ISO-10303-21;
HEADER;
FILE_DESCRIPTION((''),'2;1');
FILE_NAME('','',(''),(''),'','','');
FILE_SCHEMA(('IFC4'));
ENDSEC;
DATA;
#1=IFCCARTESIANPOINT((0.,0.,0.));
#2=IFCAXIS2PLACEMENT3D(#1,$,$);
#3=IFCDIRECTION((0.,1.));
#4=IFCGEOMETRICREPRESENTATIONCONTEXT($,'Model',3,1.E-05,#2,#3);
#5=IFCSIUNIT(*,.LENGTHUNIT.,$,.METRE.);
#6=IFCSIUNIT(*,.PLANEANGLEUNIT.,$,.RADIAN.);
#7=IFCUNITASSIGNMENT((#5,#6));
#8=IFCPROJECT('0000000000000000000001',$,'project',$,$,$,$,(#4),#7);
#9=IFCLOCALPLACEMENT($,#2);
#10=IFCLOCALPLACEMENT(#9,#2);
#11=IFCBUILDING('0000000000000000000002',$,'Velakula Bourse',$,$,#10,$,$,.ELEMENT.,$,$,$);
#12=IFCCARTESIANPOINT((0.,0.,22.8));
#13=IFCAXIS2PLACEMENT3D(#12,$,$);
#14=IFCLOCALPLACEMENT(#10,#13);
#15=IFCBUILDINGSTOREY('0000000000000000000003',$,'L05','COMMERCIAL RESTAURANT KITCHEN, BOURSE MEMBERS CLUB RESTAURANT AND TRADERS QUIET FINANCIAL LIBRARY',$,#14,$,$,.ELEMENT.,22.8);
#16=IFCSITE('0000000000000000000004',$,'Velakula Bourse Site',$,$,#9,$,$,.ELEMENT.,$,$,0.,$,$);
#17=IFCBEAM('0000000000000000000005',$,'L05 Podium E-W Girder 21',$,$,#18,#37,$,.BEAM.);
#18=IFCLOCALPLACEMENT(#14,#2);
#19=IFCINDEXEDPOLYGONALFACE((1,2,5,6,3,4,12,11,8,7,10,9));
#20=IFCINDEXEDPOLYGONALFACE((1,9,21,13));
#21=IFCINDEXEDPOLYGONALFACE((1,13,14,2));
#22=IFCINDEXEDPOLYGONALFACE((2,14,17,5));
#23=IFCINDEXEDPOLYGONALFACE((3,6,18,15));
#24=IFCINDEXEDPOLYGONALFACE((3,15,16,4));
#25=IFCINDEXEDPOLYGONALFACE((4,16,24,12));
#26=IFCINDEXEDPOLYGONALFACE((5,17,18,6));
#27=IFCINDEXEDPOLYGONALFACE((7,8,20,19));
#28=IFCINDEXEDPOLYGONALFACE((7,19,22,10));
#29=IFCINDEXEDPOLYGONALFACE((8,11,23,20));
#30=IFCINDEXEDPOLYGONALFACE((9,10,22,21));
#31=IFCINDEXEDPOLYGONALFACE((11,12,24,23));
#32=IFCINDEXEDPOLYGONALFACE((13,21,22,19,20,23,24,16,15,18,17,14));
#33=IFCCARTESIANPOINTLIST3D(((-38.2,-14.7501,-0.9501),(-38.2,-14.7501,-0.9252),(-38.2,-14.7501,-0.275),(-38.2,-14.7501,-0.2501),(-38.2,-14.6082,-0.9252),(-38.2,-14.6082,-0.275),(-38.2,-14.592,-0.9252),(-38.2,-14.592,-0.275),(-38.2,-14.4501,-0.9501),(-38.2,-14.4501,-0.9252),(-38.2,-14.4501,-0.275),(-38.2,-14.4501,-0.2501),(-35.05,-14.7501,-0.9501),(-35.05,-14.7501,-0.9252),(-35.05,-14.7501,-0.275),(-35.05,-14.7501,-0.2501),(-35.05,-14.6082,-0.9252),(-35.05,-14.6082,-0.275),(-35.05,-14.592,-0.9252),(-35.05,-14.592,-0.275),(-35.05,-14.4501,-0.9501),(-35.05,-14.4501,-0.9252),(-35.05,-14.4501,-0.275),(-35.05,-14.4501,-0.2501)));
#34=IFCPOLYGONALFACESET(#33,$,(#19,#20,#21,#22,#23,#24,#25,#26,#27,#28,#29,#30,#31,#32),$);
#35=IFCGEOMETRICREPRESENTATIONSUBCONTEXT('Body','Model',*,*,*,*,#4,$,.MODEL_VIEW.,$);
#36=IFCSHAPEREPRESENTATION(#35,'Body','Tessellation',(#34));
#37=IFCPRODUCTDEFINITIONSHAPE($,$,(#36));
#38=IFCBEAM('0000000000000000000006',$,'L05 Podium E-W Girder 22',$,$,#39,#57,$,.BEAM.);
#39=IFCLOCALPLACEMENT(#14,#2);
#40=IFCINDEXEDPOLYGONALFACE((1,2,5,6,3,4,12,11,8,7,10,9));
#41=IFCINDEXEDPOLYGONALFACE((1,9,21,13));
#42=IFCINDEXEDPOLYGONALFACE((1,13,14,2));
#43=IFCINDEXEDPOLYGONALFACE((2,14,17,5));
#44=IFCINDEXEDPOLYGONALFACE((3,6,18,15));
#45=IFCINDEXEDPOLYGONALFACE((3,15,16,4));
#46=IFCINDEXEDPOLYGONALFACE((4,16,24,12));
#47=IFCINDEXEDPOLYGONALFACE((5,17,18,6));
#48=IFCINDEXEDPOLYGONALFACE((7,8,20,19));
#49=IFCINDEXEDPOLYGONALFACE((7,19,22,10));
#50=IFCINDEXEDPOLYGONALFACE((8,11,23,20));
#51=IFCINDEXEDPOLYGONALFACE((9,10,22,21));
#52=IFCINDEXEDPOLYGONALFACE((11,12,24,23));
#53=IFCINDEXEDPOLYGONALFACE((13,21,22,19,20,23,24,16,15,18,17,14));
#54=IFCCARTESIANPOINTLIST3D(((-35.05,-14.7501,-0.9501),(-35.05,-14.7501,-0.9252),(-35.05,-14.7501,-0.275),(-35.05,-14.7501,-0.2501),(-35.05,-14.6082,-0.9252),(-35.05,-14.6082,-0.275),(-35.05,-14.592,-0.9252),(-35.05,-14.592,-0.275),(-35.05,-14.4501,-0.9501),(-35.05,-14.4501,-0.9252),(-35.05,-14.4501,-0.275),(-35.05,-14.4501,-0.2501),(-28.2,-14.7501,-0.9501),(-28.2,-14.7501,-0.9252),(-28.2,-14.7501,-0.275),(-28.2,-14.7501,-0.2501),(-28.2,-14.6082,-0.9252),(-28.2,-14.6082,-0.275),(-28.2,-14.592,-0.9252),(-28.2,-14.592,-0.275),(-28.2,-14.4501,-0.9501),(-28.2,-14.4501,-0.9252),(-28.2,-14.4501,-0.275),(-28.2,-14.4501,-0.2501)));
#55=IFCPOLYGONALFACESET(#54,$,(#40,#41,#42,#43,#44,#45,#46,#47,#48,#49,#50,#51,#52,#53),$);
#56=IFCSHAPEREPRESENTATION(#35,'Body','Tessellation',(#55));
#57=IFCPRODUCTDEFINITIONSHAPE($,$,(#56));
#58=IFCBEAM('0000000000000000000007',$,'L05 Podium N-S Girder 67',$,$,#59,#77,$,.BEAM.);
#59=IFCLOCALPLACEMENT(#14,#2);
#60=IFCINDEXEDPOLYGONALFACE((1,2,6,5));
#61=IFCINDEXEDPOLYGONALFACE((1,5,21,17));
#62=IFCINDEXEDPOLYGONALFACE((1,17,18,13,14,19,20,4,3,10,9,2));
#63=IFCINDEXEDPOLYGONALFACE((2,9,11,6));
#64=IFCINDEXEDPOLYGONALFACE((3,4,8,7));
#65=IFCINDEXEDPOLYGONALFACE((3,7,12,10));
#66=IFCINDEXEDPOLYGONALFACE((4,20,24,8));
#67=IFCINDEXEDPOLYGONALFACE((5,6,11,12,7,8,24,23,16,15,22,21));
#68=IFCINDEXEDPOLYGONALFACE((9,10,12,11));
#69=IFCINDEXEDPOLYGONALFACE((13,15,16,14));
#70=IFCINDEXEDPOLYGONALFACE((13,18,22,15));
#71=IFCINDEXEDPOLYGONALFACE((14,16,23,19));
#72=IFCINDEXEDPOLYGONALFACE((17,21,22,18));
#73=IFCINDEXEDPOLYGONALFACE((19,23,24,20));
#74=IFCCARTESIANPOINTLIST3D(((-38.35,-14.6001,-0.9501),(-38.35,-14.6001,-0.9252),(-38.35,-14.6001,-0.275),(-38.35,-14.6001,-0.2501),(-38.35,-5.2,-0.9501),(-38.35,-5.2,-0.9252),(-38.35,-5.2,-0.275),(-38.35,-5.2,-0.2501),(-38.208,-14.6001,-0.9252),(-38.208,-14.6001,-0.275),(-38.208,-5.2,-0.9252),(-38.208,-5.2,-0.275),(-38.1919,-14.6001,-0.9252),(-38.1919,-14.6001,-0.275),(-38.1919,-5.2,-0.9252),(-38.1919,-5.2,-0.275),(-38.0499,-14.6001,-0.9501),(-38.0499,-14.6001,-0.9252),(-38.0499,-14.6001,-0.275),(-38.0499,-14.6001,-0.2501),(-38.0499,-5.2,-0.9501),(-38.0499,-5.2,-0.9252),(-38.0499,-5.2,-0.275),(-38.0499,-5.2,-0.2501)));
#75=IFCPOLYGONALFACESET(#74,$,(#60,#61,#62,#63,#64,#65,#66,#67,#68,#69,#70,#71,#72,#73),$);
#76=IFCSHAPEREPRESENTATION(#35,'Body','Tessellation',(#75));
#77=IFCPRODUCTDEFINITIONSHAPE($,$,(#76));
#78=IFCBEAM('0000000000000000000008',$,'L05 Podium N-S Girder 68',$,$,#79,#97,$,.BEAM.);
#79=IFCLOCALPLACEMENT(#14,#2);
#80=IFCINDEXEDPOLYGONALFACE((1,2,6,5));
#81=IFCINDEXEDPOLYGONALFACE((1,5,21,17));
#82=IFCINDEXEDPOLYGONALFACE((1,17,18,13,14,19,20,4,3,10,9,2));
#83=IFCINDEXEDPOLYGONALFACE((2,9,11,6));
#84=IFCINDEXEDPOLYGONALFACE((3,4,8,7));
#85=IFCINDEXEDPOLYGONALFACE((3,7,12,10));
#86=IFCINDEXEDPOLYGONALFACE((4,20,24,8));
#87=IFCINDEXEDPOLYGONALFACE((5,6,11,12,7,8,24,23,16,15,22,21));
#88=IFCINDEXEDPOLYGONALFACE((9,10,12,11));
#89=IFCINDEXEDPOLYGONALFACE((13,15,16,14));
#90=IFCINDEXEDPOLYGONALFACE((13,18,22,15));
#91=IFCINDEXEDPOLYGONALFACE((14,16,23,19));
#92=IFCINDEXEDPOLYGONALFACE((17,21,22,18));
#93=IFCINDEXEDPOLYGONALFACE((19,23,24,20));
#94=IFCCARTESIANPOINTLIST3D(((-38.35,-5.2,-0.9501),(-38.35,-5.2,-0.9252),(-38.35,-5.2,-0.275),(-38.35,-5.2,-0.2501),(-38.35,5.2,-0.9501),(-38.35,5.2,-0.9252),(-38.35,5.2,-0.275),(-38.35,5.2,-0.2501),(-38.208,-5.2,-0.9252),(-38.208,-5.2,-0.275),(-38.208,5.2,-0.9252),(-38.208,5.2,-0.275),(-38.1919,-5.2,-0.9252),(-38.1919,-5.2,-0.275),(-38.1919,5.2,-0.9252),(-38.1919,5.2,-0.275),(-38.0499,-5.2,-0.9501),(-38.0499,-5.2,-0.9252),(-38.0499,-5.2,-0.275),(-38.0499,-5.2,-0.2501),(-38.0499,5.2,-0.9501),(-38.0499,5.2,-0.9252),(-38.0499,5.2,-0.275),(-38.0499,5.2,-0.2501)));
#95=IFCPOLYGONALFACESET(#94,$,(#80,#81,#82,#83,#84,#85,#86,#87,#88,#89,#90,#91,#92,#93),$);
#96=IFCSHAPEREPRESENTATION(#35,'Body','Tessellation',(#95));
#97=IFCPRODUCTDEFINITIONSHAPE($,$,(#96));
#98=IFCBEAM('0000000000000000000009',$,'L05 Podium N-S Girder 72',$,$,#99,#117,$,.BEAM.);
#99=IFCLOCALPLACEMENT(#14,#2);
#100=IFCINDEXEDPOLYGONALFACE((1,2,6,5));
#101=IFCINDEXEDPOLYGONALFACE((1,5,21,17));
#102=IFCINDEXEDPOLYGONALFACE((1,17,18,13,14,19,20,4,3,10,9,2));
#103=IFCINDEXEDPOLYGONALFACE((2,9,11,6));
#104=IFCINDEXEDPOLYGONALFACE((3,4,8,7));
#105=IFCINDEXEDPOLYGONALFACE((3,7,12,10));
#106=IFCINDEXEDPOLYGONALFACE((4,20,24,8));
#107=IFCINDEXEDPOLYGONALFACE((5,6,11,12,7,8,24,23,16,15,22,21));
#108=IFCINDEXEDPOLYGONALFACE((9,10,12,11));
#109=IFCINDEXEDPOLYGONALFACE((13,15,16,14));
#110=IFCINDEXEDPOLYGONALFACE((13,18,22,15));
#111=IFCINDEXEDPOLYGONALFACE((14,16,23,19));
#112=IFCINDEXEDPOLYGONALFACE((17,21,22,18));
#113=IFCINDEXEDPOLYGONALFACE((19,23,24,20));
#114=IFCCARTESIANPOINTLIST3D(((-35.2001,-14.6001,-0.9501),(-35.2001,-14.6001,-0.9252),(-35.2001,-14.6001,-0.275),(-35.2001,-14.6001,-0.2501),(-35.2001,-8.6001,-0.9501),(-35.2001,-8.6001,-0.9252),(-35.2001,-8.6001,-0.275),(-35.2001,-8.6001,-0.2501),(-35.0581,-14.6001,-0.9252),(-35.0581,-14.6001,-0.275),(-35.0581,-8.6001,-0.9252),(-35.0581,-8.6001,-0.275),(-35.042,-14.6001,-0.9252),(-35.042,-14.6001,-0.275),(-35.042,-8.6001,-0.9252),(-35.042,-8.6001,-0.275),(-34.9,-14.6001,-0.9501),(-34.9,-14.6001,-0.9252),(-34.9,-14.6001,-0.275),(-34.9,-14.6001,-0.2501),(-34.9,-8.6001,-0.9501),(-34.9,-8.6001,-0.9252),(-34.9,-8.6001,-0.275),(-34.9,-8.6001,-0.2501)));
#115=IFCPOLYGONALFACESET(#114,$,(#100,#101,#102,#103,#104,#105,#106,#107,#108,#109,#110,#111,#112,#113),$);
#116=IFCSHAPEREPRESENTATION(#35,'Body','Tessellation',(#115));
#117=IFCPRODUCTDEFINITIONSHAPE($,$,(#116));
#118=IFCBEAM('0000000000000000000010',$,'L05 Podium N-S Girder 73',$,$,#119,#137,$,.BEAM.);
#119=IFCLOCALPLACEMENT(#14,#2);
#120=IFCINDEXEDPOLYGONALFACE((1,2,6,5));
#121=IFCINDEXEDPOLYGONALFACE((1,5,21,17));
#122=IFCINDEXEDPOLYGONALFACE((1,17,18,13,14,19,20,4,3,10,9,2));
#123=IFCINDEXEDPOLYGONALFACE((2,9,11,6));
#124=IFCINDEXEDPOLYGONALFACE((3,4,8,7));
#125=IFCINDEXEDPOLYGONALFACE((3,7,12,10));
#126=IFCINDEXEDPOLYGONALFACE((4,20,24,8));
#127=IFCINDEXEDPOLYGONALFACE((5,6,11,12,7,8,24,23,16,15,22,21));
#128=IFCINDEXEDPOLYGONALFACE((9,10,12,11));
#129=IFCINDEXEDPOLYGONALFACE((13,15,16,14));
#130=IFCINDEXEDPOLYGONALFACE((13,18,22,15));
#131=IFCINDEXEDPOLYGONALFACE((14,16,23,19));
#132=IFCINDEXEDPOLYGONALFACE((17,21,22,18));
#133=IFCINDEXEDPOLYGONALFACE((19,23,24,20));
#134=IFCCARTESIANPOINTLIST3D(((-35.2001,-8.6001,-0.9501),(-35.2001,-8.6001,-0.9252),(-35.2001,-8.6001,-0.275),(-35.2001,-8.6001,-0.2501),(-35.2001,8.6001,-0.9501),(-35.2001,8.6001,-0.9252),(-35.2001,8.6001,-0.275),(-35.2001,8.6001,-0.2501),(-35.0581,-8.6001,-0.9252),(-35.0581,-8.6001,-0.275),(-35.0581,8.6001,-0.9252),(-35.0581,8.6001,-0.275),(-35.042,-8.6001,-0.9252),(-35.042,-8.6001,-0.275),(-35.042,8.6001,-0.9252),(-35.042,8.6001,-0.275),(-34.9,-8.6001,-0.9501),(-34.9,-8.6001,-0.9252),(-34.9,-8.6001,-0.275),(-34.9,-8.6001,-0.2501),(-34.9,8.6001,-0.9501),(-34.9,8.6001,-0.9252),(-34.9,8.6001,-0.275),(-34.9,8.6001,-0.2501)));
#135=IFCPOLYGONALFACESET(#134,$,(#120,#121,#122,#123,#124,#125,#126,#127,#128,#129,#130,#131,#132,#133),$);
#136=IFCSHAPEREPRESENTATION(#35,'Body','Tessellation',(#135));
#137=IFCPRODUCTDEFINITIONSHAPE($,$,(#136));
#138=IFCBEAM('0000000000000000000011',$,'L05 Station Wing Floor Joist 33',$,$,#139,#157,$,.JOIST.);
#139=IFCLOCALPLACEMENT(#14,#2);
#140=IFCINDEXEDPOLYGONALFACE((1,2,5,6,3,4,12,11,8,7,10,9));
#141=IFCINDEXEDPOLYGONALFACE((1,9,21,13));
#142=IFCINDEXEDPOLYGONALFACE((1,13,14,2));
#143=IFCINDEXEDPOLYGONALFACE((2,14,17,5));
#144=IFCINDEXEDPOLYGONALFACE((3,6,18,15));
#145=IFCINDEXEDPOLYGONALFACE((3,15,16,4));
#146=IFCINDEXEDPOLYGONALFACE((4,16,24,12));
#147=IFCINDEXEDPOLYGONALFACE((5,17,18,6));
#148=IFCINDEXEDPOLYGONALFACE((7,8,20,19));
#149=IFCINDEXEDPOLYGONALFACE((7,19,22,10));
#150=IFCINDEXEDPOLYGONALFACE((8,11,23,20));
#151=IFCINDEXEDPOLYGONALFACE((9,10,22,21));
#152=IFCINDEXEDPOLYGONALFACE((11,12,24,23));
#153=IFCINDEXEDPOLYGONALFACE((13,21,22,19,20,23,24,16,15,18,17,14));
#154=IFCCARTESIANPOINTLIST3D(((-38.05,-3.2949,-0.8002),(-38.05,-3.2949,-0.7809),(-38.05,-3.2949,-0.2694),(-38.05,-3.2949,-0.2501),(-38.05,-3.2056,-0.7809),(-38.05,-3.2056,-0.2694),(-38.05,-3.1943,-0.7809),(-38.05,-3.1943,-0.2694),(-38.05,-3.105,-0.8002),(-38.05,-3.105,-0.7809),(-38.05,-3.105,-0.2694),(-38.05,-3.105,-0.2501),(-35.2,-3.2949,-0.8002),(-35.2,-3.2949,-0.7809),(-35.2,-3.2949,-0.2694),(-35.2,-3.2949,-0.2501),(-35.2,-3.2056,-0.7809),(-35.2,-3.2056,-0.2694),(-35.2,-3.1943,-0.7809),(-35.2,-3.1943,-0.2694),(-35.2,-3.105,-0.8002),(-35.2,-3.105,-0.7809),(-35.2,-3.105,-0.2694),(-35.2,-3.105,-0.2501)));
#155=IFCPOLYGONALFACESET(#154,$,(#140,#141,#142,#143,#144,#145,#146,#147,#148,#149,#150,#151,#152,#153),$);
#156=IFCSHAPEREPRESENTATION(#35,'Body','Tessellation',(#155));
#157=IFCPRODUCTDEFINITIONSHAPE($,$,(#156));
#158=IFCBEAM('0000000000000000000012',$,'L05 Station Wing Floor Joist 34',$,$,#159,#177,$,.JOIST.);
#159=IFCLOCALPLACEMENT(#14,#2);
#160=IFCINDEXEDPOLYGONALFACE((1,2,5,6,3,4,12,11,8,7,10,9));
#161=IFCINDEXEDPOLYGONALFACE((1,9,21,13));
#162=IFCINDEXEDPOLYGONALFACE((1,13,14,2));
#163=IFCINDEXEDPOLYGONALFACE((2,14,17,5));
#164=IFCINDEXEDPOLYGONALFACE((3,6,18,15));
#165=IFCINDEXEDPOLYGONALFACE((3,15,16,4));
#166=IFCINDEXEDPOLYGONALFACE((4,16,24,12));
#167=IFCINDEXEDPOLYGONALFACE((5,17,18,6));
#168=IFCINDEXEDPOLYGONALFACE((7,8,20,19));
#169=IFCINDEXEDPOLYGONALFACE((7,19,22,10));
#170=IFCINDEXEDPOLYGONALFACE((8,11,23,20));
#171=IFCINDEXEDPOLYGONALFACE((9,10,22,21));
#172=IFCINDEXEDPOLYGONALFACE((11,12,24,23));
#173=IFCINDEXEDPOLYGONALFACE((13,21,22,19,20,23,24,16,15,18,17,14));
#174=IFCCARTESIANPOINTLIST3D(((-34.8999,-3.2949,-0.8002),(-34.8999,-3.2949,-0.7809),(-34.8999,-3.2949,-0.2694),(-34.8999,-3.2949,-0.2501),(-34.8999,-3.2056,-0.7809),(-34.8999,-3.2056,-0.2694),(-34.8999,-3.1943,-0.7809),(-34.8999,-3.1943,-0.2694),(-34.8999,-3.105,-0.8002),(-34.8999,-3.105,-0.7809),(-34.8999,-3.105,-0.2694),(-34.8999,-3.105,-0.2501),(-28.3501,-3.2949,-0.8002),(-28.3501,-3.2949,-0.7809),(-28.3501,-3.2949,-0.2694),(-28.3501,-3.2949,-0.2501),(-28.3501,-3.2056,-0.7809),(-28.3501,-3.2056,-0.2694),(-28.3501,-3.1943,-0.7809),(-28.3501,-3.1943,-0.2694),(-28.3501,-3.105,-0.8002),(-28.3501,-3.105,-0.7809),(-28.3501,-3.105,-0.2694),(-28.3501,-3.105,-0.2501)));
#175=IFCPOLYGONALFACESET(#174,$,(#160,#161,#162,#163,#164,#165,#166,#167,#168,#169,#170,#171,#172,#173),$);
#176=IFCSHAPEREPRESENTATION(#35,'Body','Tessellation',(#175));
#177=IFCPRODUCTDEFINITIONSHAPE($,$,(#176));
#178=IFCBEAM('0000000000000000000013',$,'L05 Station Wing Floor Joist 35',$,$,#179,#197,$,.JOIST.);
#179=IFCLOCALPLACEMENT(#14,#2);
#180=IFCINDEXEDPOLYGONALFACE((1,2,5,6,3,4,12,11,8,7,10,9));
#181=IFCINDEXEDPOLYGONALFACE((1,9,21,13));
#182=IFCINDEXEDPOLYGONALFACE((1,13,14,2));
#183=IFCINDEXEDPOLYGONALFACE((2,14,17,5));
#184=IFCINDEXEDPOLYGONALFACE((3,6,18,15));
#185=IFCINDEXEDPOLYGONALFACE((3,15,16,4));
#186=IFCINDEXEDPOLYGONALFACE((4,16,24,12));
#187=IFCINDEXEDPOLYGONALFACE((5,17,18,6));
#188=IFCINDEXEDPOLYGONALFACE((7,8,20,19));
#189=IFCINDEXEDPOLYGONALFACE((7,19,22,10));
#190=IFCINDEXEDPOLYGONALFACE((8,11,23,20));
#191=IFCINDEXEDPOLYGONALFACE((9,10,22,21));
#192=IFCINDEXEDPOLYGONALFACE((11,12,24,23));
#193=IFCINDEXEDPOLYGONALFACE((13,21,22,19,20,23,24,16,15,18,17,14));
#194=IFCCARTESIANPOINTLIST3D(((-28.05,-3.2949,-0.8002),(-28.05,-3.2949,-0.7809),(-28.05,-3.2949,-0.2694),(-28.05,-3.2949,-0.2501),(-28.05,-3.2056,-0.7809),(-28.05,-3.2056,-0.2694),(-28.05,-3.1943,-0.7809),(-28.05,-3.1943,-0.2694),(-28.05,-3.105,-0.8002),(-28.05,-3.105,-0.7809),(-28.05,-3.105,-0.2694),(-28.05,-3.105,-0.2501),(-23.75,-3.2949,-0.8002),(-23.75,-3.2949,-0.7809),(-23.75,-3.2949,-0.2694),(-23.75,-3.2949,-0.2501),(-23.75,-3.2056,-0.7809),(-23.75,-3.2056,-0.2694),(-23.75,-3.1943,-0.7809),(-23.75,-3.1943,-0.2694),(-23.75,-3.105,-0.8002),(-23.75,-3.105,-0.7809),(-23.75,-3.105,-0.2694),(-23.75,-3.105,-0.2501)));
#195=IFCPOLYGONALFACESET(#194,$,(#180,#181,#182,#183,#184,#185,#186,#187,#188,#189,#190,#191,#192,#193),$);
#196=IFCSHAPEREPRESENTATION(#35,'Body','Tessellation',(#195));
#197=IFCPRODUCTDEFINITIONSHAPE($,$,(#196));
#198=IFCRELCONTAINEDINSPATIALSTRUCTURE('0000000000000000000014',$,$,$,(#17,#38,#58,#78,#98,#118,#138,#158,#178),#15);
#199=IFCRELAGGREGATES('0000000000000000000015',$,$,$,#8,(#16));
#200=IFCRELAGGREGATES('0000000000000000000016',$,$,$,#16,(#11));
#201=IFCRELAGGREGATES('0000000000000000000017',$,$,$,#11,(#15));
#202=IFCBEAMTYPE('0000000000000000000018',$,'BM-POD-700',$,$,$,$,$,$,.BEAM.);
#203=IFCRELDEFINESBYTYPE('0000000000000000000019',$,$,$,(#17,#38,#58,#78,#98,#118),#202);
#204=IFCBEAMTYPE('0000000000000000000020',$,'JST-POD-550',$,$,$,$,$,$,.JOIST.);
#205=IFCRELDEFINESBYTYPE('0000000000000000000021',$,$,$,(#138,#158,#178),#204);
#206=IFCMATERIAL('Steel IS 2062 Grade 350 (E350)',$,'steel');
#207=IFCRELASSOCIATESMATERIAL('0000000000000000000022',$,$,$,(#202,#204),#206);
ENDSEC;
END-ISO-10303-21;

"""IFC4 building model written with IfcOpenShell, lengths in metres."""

from ifc_helpers import new_model, si_unit, direction, frame, origin, origin_2d, place, context, subcontext, project, spatial, i_section, extrude, material, material_profile, profile_set, type_object, element, save


model = new_model("IFC4")

# Units and contexts
model_context = context("Model", 3, precision=1e-05, world=origin(), true_north=direction((0.0, 1.0)))
body_context = subcontext(model_context, "Body", "Model", "MODEL_VIEW")
ifc_project = project(units=[si_unit("LENGTHUNIT", "METRE"), si_unit("PLANEANGLEUNIT", "RADIAN")], contexts=[model_context])

# Site, building, storey
site_placement = place(None, origin())
site = spatial("IfcSite", under=ifc_project, at=site_placement, Name="Velakula Bourse Site", CompositionType="ELEMENT", RefElevation=0.0)
building_placement = place(site_placement, origin())
building = spatial("IfcBuilding", under=site, at=building_placement, Name="Velakula Bourse", CompositionType="ELEMENT")
storey_placement = place(building_placement, frame((0.0, 0.0, 22.8)))
storey = spatial("IfcBuildingStorey", under=building, at=storey_placement, Name="L05", Description="COMMERCIAL RESTAURANT KITCHEN, BOURSE MEMBERS CLUB RESTAURANT AND TRADERS QUIET FINANCIAL LIBRARY", CompositionType="ELEMENT", Elevation=22.8)

# Beams
ifc_material_1 = material(Name="Steel IS 2062 Grade 350 (E350)", Category="steel")
ifc_material_profile_1 = material_profile(ifc_material_1, i_section(OverallWidth=0.3, OverallDepth=0.7, WebThickness=0.0161, FlangeThickness=0.0249, at=origin_2d()), Name="Steel IS 2062 Grade 350 (E350)")
ifc_profile_set_1 = profile_set([ifc_material_profile_1], Name="Steel IS 2062 Grade 350 (E350)")
beam_type_1 = type_object("IfcBeamType", Name="BM-POD-700", PredefinedType="BEAM", material=ifc_profile_set_1)
beam_1_placement = place(storey_placement, frame((-38.2, -14.6001, -0.6001), z_axis=(1.0, 0.0, 0.0), x_axis=(0.0, 1.0, 0.0)))
element("IfcBeam", 1, at=beam_1_placement, inside=storey, type_object=beam_type_1, Name="L05 Podium E-W Girder 21", PredefinedType="BEAM", context=body_context, shape_type="SweptSolid", body=[
    extrude(i_section(OverallWidth=0.3, OverallDepth=0.7, WebThickness=0.0161, FlangeThickness=0.0249, at=origin_2d()), origin(), (0.0, 0.0, 1.0), 3.1499),
])
beam_2_placement = place(storey_placement, frame((-35.05, -14.6001, -0.6001), z_axis=(1.0, 0.0, 0.0), x_axis=(0.0, 1.0, 0.0)))
element("IfcBeam", 2, at=beam_2_placement, inside=storey, type_object=beam_type_1, Name="L05 Podium E-W Girder 22", PredefinedType="BEAM", context=body_context, shape_type="SweptSolid", body=[
    extrude(i_section(OverallWidth=0.3, OverallDepth=0.7, WebThickness=0.0161, FlangeThickness=0.0249, at=origin_2d()), origin(), (0.0, 0.0, 1.0), 6.8501),
])
beam_3_placement = place(storey_placement, frame((-38.2, -14.6001, -0.6001), z_axis=(0.0, 1.0, 0.0), x_axis=(-1.0, 0.0, 0.0)))
element("IfcBeam", 3, at=beam_3_placement, inside=storey, type_object=beam_type_1, Name="L05 Podium N-S Girder 67", PredefinedType="BEAM", context=body_context, shape_type="SweptSolid", body=[
    extrude(i_section(OverallWidth=0.3, OverallDepth=0.7, WebThickness=0.0161, FlangeThickness=0.0249, at=origin_2d()), origin(), (0.0, 0.0, 1.0), 9.4001),
])
beam_4_placement = place(storey_placement, frame((-38.2, -5.2, -0.6001), z_axis=(0.0, 1.0, 0.0), x_axis=(-1.0, 0.0, 0.0)))
element("IfcBeam", 4, at=beam_4_placement, inside=storey, type_object=beam_type_1, Name="L05 Podium N-S Girder 68", PredefinedType="BEAM", context=body_context, shape_type="SweptSolid", body=[
    extrude(i_section(OverallWidth=0.3, OverallDepth=0.7, WebThickness=0.0161, FlangeThickness=0.0249, at=origin_2d()), origin(), (0.0, 0.0, 1.0), 10.3999),
])
beam_5_placement = place(storey_placement, frame((-35.05, -14.6001, -0.6001), z_axis=(0.0, 1.0, 0.0), x_axis=(-1.0, 0.0, 0.0)))
element("IfcBeam", 5, at=beam_5_placement, inside=storey, type_object=beam_type_1, Name="L05 Podium N-S Girder 72", PredefinedType="BEAM", context=body_context, shape_type="SweptSolid", body=[
    extrude(i_section(OverallWidth=0.3, OverallDepth=0.7, WebThickness=0.0161, FlangeThickness=0.0249, at=origin_2d()), origin(), (0.0, 0.0, 1.0), 6.0),
])
beam_6_placement = place(storey_placement, frame((-35.05, -8.6001, -0.6001), z_axis=(0.0, 1.0, 0.0), x_axis=(-1.0, 0.0, 0.0)))
element("IfcBeam", 6, at=beam_6_placement, inside=storey, type_object=beam_type_1, Name="L05 Podium N-S Girder 73", PredefinedType="BEAM", context=body_context, shape_type="SweptSolid", body=[
    extrude(i_section(OverallWidth=0.3, OverallDepth=0.7, WebThickness=0.0161, FlangeThickness=0.0249, at=origin_2d()), origin(), (0.0, 0.0, 1.0), 17.2002),
])
ifc_material_profile_2 = material_profile(ifc_material_1, i_section(OverallWidth=0.1899, OverallDepth=0.55, WebThickness=0.0112, FlangeThickness=0.0193, at=origin_2d()), Name="Steel IS 2062 Grade 350 (E350)")
ifc_profile_set_2 = profile_set([ifc_material_profile_2], Name="Steel IS 2062 Grade 350 (E350)")
beam_type_2 = type_object("IfcBeamType", Name="JST-POD-550", PredefinedType="JOIST", material=ifc_profile_set_2)
beam_7_placement = place(storey_placement, frame((-38.05, -3.2, -0.5251), z_axis=(1.0, 0.0, 0.0), x_axis=(0.0, 1.0, 0.0)))
element("IfcBeam", 7, at=beam_7_placement, inside=storey, type_object=beam_type_2, Name="L05 Station Wing Floor Joist 33", PredefinedType="JOIST", context=body_context, shape_type="SweptSolid", body=[
    extrude(i_section(OverallWidth=0.1899, OverallDepth=0.55, WebThickness=0.0112, FlangeThickness=0.0193, at=origin_2d()), origin(), (0.0, 0.0, 1.0), 2.8501),
])
beam_8_placement = place(storey_placement, frame((-34.8999, -3.2, -0.5251), z_axis=(1.0, 0.0, 0.0), x_axis=(0.0, 1.0, 0.0)))
element("IfcBeam", 8, at=beam_8_placement, inside=storey, type_object=beam_type_2, Name="L05 Station Wing Floor Joist 34", PredefinedType="JOIST", context=body_context, shape_type="SweptSolid", body=[
    extrude(i_section(OverallWidth=0.1899, OverallDepth=0.55, WebThickness=0.0112, FlangeThickness=0.0193, at=origin_2d()), origin(), (0.0, 0.0, 1.0), 6.5498),
])
beam_9_placement = place(storey_placement, frame((-28.05, -3.2, -0.5251), z_axis=(1.0, 0.0, 0.0), x_axis=(0.0, 1.0, 0.0)))
element("IfcBeam", 9, at=beam_9_placement, inside=storey, type_object=beam_type_2, Name="L05 Station Wing Floor Joist 35", PredefinedType="JOIST", context=body_context, shape_type="SweptSolid", body=[
    extrude(i_section(OverallWidth=0.1899, OverallDepth=0.55, WebThickness=0.0112, FlangeThickness=0.0193, at=origin_2d()), origin(), (0.0, 0.0, 1.0), 4.3),
])

save(model, "model.ifc")
